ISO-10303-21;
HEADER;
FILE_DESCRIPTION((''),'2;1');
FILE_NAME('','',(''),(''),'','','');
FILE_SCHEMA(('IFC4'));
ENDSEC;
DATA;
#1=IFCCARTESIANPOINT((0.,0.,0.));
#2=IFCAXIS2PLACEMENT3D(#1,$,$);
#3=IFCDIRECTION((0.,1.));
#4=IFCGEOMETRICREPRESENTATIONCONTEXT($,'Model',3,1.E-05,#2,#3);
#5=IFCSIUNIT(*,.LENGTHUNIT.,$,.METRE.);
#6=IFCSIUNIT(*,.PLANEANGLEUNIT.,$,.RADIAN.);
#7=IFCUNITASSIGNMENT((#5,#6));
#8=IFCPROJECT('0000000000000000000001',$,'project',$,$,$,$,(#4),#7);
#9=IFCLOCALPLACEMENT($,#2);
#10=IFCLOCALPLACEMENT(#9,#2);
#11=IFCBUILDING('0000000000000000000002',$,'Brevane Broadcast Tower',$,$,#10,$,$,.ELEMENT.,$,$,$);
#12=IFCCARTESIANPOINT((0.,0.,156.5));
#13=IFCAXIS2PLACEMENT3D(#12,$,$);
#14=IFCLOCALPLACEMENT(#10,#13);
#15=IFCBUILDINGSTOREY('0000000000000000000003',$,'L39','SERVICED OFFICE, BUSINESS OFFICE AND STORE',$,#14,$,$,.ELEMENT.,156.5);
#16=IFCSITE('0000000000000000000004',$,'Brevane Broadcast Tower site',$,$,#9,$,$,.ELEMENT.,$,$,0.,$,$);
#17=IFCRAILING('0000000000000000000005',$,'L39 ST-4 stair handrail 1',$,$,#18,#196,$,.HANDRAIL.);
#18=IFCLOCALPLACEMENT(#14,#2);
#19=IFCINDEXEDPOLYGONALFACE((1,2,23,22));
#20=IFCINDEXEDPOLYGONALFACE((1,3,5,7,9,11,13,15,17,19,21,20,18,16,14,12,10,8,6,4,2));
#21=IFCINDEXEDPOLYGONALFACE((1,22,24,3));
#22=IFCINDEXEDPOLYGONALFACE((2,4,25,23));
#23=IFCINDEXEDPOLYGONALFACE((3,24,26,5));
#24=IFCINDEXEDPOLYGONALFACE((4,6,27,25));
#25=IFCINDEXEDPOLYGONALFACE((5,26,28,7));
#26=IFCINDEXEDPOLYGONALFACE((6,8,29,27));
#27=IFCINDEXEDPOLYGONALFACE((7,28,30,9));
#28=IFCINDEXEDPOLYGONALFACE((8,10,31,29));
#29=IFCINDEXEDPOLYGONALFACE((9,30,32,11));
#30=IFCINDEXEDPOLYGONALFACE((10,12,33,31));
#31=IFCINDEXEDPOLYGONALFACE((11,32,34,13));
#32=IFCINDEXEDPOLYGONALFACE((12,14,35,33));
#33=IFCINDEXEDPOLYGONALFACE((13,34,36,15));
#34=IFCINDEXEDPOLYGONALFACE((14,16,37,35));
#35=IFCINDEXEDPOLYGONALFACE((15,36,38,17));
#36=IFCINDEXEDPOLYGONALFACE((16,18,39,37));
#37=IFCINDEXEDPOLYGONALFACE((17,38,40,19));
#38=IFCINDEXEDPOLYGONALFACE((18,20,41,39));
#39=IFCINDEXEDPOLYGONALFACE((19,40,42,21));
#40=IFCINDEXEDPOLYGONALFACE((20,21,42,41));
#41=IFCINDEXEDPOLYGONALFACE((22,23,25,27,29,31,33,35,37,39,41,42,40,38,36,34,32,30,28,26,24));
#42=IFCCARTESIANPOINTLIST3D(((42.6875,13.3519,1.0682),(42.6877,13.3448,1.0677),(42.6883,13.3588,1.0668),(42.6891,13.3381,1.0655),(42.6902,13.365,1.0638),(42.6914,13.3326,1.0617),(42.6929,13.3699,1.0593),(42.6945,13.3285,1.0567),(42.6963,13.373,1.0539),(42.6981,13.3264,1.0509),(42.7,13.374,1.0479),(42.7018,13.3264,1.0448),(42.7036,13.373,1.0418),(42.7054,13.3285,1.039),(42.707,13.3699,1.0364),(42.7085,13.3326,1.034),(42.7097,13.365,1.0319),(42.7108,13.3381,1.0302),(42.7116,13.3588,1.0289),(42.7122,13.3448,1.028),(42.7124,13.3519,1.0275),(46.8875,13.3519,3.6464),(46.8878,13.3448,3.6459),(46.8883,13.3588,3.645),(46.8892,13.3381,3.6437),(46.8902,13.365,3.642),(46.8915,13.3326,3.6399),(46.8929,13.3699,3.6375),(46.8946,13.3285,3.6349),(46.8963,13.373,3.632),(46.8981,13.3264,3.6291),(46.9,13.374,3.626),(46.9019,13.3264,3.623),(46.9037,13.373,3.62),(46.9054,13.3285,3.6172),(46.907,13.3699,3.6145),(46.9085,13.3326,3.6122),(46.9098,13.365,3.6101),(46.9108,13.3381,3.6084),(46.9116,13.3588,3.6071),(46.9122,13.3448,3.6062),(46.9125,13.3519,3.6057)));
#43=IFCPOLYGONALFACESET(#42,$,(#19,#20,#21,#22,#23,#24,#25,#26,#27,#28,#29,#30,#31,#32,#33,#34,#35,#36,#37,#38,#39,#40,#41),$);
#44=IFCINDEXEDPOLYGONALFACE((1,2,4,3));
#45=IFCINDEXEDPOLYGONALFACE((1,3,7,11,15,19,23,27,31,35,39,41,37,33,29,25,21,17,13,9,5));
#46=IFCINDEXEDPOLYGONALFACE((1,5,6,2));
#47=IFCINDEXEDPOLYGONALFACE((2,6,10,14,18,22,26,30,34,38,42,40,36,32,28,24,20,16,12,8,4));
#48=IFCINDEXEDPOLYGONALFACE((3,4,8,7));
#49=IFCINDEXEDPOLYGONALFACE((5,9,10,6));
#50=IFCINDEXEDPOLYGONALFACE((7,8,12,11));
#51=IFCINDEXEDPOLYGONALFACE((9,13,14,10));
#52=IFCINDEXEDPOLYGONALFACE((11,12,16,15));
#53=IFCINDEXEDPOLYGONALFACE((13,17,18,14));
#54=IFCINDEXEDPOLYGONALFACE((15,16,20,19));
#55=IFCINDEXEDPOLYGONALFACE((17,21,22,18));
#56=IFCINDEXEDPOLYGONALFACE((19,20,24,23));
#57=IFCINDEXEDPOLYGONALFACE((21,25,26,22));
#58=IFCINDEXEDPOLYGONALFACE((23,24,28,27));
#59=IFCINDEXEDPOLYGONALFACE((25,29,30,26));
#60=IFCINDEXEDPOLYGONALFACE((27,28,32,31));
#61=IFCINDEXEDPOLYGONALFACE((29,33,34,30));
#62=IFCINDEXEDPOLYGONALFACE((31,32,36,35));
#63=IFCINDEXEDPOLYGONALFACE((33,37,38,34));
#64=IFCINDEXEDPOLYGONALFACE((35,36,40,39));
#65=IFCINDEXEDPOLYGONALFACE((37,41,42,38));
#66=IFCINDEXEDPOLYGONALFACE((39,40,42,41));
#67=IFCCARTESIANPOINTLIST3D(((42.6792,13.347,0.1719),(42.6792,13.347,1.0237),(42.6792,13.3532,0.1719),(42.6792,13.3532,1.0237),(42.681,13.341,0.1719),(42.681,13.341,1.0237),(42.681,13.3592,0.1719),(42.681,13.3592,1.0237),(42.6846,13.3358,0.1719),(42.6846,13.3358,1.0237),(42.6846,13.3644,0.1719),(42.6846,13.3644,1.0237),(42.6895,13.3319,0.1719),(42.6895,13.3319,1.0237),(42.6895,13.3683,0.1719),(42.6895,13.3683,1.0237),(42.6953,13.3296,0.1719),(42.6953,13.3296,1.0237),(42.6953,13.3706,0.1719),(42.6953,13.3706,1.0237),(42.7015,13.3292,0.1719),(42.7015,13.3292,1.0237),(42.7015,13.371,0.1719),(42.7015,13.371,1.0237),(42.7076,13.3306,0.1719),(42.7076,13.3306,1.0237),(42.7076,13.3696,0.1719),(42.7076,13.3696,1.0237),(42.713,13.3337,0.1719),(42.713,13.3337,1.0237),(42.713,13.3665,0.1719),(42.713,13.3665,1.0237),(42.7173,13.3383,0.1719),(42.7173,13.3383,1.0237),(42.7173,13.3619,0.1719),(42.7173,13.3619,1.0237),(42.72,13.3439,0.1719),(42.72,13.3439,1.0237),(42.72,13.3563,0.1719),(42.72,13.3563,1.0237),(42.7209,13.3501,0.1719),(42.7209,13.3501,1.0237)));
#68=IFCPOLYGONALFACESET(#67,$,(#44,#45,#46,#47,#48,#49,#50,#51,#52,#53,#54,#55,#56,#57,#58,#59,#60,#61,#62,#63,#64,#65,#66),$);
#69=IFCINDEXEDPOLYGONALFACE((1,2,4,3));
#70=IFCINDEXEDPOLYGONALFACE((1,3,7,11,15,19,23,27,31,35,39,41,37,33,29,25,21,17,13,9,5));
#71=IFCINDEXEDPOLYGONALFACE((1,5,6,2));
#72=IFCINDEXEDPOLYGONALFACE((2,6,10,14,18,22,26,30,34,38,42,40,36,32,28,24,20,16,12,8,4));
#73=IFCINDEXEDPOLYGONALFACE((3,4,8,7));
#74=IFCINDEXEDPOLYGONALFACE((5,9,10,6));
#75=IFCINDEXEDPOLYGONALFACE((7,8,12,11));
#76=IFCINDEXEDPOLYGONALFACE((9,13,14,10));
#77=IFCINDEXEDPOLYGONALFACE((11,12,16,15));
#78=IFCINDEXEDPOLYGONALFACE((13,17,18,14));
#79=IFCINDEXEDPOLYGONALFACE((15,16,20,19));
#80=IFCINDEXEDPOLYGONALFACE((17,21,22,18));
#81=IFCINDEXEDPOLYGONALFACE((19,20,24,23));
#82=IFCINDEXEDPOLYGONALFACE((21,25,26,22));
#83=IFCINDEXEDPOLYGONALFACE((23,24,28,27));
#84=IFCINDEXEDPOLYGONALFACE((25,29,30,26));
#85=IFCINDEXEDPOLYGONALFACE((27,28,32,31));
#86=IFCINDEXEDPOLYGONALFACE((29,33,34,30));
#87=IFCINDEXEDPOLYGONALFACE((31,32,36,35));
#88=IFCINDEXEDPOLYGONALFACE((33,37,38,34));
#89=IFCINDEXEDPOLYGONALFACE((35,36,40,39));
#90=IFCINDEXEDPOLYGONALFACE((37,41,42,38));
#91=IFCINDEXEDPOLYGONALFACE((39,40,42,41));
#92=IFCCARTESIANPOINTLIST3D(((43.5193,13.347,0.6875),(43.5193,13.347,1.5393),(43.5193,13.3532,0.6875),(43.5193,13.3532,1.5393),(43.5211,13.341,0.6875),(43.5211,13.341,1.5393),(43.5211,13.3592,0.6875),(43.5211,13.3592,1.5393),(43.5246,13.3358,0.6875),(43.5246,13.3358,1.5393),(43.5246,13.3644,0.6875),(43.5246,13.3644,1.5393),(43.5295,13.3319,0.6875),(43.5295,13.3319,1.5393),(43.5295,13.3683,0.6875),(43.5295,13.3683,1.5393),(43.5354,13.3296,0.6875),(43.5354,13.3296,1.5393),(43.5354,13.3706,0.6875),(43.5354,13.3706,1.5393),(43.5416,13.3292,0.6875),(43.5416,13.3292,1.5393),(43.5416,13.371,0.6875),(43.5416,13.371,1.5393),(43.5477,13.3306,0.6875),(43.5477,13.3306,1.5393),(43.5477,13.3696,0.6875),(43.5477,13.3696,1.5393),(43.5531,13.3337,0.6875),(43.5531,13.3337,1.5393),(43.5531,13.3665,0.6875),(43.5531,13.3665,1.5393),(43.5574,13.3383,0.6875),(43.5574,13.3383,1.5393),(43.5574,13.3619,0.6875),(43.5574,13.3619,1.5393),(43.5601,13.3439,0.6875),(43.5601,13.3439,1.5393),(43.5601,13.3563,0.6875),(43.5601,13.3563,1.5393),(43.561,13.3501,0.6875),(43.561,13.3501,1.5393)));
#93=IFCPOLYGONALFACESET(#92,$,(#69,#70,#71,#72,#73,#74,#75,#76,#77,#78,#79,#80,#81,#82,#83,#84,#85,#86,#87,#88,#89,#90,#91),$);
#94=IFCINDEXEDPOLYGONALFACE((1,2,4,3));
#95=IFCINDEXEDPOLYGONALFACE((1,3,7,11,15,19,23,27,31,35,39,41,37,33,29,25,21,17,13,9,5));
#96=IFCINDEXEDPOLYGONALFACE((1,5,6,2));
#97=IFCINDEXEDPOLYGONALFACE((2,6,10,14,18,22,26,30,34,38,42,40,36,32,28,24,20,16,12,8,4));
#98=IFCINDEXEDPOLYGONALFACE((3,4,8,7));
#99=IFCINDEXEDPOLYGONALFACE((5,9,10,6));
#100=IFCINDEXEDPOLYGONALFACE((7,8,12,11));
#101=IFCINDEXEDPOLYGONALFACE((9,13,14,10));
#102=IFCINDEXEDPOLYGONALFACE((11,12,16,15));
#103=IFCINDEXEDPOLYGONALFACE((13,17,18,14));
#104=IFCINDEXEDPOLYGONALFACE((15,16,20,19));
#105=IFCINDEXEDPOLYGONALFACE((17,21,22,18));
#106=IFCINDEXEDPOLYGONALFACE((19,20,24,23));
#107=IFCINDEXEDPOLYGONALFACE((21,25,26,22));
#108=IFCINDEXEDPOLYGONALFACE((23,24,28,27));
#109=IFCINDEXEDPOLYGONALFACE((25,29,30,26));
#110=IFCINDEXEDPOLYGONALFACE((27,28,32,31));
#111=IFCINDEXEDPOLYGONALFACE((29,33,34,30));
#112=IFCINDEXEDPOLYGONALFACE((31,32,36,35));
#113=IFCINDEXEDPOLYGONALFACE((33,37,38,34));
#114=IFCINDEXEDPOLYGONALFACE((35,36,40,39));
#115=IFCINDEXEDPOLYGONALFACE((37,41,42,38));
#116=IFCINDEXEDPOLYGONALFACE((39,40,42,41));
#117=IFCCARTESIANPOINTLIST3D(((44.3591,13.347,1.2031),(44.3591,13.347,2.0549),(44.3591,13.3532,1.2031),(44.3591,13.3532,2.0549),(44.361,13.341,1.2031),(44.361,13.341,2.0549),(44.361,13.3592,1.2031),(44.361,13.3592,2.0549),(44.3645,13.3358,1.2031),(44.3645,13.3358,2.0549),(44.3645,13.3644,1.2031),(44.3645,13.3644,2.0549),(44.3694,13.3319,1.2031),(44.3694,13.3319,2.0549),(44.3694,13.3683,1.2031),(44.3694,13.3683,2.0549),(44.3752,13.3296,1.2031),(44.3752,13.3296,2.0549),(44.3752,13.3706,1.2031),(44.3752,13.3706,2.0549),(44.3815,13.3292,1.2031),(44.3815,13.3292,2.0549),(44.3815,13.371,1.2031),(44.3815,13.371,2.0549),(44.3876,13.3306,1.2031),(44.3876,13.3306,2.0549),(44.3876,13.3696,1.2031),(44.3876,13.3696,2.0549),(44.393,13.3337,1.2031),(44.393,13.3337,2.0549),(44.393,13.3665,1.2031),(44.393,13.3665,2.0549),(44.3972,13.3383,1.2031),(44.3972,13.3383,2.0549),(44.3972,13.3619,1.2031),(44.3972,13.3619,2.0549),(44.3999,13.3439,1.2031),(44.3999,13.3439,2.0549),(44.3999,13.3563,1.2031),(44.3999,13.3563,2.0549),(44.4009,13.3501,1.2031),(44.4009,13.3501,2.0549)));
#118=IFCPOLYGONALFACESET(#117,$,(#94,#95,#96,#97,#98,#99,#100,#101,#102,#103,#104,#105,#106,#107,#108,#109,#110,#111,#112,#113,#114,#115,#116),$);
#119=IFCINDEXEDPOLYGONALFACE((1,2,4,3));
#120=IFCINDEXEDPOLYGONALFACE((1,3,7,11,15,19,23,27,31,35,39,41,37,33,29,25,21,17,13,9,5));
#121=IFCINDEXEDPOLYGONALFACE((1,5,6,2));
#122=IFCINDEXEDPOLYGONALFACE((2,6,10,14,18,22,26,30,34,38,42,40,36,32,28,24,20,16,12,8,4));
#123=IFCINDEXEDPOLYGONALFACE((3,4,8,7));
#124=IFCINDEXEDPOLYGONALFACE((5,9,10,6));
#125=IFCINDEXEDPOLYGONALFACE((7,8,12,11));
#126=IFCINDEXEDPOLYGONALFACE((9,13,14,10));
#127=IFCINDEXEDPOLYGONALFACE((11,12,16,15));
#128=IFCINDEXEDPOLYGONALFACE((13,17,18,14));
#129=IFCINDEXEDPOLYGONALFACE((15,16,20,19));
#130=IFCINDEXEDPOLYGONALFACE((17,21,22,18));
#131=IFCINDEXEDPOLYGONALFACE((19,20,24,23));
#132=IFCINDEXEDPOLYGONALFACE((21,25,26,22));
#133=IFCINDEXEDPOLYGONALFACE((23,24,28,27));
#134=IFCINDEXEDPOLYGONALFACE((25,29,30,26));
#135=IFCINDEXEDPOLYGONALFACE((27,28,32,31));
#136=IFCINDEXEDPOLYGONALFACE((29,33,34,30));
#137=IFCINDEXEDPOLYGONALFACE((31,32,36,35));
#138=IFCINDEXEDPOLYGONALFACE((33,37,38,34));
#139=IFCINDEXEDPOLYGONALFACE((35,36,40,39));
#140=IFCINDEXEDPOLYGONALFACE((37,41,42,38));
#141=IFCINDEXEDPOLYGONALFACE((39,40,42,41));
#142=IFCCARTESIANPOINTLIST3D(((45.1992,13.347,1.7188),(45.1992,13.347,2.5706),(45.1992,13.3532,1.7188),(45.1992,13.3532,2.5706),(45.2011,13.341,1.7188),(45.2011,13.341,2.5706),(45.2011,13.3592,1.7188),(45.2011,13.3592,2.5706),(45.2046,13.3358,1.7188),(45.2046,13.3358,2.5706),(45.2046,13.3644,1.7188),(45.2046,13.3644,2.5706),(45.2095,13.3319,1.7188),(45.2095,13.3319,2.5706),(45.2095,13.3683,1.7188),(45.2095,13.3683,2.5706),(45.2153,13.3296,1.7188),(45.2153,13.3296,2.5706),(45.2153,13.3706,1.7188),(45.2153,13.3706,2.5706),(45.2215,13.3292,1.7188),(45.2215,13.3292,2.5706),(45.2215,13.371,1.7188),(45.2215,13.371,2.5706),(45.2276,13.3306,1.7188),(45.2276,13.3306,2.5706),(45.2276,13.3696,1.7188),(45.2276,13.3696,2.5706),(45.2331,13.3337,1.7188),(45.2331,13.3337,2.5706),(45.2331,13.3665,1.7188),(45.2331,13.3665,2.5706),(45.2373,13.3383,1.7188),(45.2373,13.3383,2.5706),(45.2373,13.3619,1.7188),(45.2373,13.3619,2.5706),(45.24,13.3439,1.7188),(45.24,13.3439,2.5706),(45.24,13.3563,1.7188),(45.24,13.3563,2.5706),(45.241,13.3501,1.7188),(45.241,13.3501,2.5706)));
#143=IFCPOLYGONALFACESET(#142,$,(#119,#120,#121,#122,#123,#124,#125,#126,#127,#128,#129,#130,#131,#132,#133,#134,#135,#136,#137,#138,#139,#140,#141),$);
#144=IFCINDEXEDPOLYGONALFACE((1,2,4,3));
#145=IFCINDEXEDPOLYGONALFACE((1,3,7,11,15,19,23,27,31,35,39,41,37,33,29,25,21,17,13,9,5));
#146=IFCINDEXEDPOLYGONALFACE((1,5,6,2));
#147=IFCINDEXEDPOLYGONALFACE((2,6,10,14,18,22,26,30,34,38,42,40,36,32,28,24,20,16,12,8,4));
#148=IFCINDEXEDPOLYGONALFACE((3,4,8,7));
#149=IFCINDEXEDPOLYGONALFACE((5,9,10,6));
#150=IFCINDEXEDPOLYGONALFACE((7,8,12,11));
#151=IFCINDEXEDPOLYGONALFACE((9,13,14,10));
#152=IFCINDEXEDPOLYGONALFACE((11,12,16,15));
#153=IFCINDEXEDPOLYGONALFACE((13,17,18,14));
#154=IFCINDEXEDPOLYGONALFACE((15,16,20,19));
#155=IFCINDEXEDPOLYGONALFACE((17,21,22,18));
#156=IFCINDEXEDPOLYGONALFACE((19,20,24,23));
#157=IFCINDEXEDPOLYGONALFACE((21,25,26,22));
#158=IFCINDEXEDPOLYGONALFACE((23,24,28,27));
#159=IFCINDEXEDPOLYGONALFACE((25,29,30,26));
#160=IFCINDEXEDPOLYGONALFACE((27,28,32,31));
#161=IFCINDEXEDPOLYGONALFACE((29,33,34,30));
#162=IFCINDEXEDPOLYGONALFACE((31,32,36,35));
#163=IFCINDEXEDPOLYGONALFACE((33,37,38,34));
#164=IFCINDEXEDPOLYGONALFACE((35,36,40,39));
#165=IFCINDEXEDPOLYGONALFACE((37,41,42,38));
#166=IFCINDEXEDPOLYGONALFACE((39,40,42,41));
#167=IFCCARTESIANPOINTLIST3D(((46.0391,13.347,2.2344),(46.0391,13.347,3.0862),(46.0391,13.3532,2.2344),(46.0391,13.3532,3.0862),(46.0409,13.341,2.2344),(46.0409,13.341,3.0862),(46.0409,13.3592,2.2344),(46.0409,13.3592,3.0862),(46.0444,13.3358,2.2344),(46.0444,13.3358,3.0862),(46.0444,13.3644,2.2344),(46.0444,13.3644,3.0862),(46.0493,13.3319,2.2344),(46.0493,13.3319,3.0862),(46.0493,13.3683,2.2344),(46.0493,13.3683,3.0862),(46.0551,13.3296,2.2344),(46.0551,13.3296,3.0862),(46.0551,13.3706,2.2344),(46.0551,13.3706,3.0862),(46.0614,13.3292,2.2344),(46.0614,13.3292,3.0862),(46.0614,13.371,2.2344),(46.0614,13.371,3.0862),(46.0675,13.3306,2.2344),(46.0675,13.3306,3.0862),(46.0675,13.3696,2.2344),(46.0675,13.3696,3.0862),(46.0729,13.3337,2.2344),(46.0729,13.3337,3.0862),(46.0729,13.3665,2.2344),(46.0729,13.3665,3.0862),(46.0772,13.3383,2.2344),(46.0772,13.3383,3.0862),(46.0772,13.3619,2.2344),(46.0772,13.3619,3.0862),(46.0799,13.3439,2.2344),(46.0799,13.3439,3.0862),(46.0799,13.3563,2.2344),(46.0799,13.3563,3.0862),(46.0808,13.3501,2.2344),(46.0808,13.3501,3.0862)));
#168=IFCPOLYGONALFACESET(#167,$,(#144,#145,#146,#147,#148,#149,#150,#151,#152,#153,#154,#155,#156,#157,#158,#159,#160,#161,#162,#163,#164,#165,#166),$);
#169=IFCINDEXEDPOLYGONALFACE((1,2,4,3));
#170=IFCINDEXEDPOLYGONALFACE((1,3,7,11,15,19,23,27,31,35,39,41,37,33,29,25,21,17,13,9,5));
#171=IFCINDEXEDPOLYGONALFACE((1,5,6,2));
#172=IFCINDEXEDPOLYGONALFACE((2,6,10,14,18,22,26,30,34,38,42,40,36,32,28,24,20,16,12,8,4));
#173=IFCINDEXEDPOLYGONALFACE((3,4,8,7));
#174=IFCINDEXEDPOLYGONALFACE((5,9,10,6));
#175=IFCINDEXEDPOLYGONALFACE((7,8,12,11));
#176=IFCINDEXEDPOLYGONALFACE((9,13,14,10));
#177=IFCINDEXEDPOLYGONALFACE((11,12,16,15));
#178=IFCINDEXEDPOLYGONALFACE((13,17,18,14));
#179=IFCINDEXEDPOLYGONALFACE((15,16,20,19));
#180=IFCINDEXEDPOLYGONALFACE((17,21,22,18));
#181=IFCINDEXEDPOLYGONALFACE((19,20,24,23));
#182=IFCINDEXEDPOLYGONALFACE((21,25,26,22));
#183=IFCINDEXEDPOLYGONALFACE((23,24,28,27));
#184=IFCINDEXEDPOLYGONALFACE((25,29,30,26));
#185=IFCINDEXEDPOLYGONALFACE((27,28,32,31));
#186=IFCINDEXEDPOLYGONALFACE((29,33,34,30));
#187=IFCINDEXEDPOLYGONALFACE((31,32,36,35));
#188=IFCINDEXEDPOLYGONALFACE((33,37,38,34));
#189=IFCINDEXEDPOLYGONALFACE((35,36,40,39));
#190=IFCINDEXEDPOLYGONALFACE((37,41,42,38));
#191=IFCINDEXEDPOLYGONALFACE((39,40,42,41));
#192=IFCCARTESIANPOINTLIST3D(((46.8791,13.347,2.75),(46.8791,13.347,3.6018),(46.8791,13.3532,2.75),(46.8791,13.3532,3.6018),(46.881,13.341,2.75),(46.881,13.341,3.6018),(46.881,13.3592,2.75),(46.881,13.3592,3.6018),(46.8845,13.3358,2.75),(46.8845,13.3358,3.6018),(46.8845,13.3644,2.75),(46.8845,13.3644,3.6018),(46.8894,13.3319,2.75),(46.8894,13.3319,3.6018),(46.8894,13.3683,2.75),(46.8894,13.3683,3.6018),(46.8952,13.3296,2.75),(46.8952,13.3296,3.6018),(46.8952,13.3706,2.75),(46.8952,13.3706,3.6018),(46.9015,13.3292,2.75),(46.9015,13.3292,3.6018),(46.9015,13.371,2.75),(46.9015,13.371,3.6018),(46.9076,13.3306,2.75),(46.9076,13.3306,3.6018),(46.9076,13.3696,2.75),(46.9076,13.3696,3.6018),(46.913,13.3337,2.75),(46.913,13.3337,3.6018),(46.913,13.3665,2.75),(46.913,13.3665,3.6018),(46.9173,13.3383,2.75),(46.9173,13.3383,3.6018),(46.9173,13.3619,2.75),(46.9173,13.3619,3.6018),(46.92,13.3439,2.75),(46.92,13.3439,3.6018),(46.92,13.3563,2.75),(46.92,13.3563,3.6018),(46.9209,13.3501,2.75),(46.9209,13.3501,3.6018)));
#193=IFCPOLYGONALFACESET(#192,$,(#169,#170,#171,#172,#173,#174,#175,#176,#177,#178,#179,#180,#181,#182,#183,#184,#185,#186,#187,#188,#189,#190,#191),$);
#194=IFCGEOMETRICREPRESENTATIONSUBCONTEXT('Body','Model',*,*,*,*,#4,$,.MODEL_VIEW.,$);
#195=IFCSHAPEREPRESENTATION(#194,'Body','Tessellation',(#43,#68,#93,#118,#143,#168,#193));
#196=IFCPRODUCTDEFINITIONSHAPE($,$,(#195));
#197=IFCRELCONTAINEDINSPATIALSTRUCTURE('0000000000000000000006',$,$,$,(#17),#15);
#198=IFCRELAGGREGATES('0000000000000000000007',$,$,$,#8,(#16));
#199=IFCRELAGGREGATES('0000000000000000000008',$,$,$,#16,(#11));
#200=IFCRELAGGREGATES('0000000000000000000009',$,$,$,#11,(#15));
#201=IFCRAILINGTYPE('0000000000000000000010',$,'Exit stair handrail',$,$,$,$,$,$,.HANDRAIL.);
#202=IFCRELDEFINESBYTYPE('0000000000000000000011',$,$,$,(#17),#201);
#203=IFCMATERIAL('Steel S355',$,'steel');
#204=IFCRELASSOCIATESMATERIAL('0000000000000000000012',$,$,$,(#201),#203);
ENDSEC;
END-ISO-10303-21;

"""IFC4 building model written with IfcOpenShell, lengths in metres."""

from ifc_helpers import new_model, si_unit, direction, frame, origin, origin_2d, place, context, subcontext, project, spatial, circle, extrude, material, type_object, element, save


model = new_model("IFC4")

# Units and contexts
model_context = context("Model", 3, precision=1e-05, world=origin(), true_north=direction((0.0, 1.0)))
body_context = subcontext(model_context, "Body", "Model", "MODEL_VIEW")
ifc_project = project(units=[si_unit("LENGTHUNIT", "METRE"), si_unit("PLANEANGLEUNIT", "RADIAN")], contexts=[model_context])

# Site, building, storey
site_placement = place(None, origin())
site = spatial("IfcSite", under=ifc_project, at=site_placement, Name="Brevane Broadcast Tower site", CompositionType="ELEMENT", RefElevation=0.0)
building_placement = place(site_placement, origin())
building = spatial("IfcBuilding", under=site, at=building_placement, Name="Brevane Broadcast Tower", CompositionType="ELEMENT")
storey_placement = place(building_placement, frame((0.0, 0.0, 156.5)))
storey = spatial("IfcBuildingStorey", under=building, at=storey_placement, Name="L39", Description="SERVICED OFFICE, BUSINESS OFFICE AND STORE", CompositionType="ELEMENT", Elevation=156.5)

# Railing
ifc_material_1 = material(Name="Steel S355", Category="steel")
railing_type_1 = type_object("IfcRailingType", Name="Exit stair handrail", PredefinedType="HANDRAIL", material=ifc_material_1)
railing_1_placement = place(storey_placement, frame((42.7, 13.3501, 0.1719)))
element("IfcRailing", 1, at=railing_1_placement, inside=storey, type_object=railing_type_1, Name="L39 ST-4 stair handrail 1", PredefinedType="HANDRAIL", context=body_context, shape_type="SweptSolid", body=[
    extrude(circle(Radius=0.0239, at=origin_2d()), frame((0.0, 0.0, 0.876), z_axis=(0.852243, 0.0, 0.523146), x_axis=(0.0, 1.0, 0.0)), (0.0, 0.0, 1.0), 4.9282),
    extrude(circle(Radius=0.021, at=origin_2d()), origin(), (0.0, 0.0, 1.0), 0.8518),
    extrude(circle(Radius=0.021, at=origin_2d()), frame((0.8401, 0.0, 0.5156)), (0.0, 0.0, 1.0), 0.8518),
    extrude(circle(Radius=0.021, at=origin_2d()), frame((1.6799, 0.0, 1.0312)), (0.0, 0.0, 1.0), 0.8518),
    extrude(circle(Radius=0.021, at=origin_2d()), frame((2.52, 0.0, 1.5469)), (0.0, 0.0, 1.0), 0.8518),
    extrude(circle(Radius=0.021, at=origin_2d()), frame((3.3599, 0.0, 2.0625)), (0.0, 0.0, 1.0), 0.8518),
    extrude(circle(Radius=0.021, at=origin_2d()), frame((4.2, 0.0, 2.5781)), (0.0, 0.0, 1.0), 0.8518),
])

save(model, "model.ifc")
